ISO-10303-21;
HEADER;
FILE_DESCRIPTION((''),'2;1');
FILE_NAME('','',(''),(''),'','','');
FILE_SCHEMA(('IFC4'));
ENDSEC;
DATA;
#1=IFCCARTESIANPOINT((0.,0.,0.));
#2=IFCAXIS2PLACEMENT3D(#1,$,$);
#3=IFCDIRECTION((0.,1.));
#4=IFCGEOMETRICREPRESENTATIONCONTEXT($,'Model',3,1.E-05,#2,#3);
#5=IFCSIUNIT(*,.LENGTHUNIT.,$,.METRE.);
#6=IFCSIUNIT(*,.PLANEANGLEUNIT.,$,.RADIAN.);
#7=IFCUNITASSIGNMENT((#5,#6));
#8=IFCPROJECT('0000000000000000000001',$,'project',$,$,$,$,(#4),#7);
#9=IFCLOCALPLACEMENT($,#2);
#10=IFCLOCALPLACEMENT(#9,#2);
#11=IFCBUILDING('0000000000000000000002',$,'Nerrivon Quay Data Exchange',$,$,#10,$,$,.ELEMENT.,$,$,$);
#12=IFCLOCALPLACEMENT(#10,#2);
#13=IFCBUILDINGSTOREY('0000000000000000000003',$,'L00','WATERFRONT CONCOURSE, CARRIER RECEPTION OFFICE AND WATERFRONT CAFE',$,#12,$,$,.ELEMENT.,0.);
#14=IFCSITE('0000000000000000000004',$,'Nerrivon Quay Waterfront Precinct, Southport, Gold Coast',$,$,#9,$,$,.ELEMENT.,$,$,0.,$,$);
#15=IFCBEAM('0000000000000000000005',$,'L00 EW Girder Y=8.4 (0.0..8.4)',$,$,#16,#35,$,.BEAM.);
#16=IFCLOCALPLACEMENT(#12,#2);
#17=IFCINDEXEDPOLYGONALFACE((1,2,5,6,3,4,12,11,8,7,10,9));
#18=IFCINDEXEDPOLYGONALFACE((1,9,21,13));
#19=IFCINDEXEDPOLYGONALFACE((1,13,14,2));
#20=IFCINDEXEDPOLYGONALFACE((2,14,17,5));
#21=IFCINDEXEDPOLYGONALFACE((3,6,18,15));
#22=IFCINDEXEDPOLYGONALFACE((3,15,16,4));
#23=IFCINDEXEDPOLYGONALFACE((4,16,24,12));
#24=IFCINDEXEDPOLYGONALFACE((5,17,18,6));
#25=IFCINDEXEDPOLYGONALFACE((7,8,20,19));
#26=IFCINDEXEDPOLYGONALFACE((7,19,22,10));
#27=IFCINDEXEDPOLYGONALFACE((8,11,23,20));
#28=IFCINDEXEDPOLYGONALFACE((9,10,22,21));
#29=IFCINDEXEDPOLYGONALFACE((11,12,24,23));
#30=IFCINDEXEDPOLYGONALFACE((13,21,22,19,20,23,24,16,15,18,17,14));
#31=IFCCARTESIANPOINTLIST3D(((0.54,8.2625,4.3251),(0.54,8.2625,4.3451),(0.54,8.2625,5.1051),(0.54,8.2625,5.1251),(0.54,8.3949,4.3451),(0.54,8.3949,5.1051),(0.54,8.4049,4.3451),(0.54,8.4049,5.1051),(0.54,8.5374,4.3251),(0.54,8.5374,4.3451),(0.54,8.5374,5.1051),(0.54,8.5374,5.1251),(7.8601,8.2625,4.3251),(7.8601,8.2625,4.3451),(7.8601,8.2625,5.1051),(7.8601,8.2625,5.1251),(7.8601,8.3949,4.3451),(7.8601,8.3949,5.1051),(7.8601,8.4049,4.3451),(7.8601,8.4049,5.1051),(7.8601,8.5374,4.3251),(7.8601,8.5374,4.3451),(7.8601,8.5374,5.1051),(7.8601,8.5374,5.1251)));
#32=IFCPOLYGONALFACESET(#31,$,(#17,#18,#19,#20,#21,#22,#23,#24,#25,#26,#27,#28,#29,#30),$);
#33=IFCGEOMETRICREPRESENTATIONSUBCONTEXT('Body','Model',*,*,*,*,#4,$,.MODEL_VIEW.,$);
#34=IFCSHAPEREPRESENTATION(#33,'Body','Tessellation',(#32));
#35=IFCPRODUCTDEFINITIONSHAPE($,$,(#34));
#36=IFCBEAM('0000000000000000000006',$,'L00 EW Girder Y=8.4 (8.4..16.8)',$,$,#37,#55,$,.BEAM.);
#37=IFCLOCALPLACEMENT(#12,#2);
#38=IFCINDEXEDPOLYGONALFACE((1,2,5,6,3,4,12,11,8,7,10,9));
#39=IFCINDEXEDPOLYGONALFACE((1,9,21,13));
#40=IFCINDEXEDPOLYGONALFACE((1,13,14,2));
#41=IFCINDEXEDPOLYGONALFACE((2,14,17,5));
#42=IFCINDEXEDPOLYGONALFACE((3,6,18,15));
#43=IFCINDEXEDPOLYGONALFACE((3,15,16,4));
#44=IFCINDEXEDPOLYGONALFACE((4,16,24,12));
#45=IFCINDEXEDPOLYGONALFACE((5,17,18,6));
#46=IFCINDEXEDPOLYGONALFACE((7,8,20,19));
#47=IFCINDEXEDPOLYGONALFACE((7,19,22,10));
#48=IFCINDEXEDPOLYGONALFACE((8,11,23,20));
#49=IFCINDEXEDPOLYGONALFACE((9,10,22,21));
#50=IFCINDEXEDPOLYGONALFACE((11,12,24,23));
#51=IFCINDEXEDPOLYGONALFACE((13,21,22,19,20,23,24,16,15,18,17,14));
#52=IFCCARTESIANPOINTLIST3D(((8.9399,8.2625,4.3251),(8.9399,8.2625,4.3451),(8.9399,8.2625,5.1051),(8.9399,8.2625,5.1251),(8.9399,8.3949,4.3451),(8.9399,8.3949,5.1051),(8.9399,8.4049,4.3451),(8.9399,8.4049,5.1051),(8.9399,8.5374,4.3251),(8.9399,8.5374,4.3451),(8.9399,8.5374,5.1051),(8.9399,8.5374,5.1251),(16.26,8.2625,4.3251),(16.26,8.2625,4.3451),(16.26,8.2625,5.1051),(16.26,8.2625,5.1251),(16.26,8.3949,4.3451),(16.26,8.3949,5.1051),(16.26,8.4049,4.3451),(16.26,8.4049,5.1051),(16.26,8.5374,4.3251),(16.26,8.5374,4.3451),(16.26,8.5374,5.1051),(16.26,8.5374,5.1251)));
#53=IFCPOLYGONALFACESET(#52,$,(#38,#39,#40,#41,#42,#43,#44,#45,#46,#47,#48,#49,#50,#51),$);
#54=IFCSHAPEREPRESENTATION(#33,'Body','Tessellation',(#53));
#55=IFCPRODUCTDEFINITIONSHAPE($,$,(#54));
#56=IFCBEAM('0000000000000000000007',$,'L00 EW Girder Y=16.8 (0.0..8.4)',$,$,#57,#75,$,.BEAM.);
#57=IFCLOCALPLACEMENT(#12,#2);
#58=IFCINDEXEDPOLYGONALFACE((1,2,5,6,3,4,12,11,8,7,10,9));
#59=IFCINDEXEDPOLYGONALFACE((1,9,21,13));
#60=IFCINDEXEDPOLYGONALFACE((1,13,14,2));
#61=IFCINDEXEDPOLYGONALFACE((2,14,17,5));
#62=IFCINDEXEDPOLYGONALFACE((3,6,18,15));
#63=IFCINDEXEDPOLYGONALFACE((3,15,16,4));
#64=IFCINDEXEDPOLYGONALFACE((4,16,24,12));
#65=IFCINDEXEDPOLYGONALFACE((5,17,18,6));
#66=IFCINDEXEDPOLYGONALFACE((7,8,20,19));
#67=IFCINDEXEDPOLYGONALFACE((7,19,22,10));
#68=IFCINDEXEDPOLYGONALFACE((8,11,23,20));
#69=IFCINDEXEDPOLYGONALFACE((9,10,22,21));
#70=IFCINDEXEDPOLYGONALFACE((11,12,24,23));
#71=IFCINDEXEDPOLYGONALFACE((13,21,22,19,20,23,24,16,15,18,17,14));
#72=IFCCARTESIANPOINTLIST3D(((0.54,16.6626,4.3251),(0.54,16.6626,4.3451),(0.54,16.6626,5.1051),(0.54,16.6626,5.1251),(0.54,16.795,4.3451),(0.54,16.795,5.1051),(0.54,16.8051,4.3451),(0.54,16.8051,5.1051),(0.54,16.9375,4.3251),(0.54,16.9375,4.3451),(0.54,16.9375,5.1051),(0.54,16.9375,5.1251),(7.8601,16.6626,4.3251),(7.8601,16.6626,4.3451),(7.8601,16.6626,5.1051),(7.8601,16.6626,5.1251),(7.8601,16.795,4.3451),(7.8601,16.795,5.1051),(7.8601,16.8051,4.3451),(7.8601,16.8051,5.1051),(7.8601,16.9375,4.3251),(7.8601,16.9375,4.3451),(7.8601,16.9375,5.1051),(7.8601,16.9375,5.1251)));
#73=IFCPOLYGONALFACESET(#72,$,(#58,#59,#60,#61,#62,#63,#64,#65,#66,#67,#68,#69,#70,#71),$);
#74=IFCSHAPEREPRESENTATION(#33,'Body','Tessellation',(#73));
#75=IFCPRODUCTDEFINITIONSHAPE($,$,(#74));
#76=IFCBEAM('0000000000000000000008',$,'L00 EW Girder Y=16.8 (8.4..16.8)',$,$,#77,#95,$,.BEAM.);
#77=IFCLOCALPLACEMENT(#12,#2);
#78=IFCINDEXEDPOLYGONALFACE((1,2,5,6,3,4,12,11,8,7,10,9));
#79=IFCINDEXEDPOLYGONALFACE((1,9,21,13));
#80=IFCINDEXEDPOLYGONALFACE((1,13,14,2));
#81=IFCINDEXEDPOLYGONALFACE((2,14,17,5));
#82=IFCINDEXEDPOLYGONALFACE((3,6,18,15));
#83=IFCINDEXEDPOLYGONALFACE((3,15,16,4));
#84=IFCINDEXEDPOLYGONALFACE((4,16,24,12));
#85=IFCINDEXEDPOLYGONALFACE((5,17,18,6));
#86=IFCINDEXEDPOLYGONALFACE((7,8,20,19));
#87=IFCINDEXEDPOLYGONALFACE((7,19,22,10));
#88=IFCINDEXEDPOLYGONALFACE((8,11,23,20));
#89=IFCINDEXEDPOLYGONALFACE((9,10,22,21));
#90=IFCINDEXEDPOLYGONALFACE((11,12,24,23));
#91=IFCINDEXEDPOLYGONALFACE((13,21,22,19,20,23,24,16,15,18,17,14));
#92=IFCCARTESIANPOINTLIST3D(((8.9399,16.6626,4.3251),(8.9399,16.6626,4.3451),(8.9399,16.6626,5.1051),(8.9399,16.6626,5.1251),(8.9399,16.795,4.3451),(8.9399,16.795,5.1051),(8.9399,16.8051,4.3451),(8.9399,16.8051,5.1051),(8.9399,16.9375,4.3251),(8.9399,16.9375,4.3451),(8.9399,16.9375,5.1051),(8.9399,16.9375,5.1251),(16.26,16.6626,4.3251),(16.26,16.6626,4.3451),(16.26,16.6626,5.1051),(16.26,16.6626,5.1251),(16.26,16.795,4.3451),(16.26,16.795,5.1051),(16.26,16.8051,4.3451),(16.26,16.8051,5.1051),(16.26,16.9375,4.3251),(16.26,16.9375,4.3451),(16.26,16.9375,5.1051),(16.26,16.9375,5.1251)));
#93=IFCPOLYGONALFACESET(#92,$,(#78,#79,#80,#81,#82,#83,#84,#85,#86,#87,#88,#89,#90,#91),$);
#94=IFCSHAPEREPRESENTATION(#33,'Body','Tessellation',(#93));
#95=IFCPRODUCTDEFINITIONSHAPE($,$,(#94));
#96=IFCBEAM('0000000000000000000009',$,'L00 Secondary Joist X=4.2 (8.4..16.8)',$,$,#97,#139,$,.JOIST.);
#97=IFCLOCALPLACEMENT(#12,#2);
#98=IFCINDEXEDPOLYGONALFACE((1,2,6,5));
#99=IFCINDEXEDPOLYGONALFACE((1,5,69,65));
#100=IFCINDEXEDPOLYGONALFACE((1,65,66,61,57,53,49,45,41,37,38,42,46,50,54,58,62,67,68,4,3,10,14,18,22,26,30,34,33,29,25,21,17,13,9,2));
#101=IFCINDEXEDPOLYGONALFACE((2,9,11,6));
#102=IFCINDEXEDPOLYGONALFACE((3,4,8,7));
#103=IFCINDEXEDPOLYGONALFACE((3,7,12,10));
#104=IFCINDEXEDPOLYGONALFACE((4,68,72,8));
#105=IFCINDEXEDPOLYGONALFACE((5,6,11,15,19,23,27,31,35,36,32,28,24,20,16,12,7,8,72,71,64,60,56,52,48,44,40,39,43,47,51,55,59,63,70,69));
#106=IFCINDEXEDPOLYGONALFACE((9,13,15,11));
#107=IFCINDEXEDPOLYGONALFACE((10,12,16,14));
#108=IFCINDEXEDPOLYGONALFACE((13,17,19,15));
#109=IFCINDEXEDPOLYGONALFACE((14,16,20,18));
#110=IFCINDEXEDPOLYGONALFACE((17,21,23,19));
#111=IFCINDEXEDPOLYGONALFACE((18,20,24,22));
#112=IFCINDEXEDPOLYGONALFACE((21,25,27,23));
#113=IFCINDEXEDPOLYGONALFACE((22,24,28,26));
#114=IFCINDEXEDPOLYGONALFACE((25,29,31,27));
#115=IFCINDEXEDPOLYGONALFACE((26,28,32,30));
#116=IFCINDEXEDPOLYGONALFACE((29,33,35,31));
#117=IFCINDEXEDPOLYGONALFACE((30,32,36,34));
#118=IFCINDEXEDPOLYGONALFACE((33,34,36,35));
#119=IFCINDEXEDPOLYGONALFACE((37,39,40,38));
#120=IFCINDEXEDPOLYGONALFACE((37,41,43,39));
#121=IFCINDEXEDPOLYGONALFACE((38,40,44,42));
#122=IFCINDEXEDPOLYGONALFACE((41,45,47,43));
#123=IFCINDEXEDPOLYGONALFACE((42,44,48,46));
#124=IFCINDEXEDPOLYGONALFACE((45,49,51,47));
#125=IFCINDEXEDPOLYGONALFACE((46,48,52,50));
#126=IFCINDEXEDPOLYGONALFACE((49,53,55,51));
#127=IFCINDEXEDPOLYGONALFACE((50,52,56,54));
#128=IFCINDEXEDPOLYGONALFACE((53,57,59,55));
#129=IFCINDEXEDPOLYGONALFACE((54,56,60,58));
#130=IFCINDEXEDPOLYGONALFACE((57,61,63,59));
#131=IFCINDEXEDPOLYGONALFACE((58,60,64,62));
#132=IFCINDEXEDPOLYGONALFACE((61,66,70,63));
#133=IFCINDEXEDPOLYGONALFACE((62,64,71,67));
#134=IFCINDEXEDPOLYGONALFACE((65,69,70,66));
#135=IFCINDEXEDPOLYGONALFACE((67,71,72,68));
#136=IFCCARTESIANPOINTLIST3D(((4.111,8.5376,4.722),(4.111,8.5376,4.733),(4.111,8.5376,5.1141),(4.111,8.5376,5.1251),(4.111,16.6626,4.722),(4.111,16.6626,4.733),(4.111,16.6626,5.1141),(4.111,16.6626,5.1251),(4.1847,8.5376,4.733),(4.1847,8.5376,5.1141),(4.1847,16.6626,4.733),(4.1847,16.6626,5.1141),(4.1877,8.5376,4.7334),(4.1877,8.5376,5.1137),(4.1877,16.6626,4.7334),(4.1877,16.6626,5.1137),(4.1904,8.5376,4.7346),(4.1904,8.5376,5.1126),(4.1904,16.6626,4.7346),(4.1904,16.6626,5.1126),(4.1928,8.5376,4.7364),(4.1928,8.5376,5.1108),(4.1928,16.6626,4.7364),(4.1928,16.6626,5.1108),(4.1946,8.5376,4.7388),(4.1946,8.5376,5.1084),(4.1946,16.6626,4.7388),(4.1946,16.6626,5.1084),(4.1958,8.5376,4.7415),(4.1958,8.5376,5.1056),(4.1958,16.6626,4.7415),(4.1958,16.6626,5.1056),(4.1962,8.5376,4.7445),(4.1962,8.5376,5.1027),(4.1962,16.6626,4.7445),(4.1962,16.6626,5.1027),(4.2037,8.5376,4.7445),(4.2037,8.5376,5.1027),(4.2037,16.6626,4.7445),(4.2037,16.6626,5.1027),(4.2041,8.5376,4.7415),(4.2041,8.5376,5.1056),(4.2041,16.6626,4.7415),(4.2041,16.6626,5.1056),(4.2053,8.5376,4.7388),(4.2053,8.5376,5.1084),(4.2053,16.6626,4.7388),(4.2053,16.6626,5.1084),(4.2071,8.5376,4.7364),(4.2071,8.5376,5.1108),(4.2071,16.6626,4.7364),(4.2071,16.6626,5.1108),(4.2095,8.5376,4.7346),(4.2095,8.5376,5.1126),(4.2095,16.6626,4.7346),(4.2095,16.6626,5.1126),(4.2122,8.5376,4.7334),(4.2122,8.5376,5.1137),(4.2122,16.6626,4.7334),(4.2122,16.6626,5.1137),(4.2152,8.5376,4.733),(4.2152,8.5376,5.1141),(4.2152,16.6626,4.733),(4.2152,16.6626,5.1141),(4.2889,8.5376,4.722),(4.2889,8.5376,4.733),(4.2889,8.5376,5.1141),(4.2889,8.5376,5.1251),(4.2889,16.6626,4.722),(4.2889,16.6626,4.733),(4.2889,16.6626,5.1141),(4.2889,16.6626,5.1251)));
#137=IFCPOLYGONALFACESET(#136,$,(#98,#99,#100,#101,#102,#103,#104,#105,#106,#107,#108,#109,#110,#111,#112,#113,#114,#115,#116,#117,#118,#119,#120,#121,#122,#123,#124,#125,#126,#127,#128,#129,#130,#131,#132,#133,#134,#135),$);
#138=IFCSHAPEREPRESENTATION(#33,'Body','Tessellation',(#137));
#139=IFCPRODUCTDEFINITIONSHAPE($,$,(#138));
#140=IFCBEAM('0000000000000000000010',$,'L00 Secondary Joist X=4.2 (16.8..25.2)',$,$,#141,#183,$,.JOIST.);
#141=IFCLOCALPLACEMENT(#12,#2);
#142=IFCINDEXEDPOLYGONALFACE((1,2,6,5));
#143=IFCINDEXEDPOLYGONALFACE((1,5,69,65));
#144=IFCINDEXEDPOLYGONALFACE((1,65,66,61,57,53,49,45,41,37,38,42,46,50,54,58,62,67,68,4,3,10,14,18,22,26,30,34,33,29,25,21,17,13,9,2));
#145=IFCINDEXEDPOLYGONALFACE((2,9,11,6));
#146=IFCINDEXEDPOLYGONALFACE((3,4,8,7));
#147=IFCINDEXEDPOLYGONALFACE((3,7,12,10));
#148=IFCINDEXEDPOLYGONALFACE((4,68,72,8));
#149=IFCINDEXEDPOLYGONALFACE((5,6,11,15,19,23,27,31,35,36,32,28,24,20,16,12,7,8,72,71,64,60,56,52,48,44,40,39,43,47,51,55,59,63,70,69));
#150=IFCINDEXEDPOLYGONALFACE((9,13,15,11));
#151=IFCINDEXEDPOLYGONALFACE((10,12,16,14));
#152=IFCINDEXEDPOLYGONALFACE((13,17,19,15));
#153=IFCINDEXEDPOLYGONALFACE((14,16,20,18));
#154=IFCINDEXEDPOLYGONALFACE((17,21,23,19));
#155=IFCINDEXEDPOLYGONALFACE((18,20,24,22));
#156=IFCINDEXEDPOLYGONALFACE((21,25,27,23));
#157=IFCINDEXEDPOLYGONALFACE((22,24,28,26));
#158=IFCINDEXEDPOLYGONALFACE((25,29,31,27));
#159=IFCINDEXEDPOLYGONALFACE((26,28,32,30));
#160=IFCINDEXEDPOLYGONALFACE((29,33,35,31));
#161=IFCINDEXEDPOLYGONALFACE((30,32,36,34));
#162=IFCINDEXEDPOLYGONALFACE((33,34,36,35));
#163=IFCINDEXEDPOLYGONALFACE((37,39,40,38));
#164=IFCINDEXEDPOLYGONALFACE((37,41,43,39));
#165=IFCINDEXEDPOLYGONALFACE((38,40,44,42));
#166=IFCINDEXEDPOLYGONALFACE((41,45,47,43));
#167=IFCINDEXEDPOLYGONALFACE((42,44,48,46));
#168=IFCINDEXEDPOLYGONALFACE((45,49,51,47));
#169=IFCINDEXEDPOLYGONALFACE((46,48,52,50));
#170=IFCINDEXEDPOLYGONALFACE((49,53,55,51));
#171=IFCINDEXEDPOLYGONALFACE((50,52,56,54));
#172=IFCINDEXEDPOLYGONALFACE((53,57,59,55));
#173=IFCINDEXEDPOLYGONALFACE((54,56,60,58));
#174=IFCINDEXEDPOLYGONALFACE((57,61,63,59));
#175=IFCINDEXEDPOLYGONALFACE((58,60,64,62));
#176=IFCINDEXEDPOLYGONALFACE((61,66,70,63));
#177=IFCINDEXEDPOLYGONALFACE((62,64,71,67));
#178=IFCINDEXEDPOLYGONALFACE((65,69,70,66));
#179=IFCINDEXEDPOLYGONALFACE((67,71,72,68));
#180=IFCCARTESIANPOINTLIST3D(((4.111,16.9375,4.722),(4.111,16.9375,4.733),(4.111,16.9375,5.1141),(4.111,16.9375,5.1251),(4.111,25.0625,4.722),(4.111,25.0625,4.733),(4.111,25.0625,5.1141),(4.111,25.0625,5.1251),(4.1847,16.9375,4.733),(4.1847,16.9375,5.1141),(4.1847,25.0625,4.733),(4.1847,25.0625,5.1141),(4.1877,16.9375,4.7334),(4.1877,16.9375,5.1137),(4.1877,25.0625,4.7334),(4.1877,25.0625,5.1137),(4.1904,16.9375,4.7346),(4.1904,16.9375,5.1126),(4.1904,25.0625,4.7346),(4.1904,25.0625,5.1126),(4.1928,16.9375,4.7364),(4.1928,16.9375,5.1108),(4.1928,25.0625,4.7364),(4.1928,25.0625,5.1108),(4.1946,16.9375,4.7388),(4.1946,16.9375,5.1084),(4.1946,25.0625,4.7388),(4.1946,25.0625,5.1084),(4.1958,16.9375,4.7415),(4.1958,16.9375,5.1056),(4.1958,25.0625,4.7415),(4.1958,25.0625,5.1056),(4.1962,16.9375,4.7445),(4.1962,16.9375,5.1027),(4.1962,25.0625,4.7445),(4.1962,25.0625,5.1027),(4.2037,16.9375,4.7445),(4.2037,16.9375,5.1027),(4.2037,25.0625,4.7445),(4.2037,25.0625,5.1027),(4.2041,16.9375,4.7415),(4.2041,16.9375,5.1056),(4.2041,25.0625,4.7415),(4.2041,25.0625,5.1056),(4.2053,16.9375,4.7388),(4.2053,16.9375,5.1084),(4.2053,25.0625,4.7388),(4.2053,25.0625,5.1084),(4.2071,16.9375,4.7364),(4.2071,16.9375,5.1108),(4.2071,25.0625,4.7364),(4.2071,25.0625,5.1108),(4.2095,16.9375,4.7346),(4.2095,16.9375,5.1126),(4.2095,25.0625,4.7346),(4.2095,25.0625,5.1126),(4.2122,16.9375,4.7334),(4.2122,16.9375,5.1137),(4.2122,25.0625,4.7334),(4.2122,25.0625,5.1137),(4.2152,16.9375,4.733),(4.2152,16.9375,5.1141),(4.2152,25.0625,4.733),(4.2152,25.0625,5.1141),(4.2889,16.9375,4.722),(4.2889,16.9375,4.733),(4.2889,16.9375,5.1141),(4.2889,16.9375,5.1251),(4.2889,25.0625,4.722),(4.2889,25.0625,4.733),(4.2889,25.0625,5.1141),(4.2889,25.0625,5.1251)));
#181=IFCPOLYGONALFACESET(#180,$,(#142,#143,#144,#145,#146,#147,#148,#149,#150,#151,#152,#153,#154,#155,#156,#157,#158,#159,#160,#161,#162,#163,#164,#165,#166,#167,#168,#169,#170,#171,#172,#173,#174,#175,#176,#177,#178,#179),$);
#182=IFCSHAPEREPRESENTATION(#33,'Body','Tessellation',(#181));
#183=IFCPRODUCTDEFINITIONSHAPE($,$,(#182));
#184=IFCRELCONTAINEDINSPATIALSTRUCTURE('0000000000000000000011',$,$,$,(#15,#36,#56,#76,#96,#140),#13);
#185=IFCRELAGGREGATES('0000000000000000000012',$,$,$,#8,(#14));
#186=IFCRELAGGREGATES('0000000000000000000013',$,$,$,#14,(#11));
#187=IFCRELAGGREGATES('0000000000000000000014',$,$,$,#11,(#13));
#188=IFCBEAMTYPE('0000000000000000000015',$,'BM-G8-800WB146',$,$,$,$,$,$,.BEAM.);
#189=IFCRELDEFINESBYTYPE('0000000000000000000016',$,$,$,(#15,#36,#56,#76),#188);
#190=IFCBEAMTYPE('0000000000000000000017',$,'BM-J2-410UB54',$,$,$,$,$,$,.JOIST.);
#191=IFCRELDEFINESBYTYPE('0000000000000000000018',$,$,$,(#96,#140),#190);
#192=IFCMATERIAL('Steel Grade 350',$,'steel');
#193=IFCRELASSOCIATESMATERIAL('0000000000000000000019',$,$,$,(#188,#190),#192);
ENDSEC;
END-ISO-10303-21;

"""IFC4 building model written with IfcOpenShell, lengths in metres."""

from ifc_helpers import new_model, si_unit, direction, frame, origin, origin_2d, place, context, subcontext, project, spatial, i_section, extrude, material, material_profile, profile_set, type_object, element, save


model = new_model("IFC4")

# Units and contexts
model_context = context("Model", 3, precision=1e-05, world=origin(), true_north=direction((0.0, 1.0)))
body_context = subcontext(model_context, "Body", "Model", "MODEL_VIEW")
ifc_project = project(units=[si_unit("LENGTHUNIT", "METRE"), si_unit("PLANEANGLEUNIT", "RADIAN")], contexts=[model_context])

# Site, building, storey
site_placement = place(None, origin())
site = spatial("IfcSite", under=ifc_project, at=site_placement, Name="Nerrivon Quay Waterfront Precinct, Southport, Gold Coast", CompositionType="ELEMENT", RefElevation=0.0)
building_placement = place(site_placement, origin())
building = spatial("IfcBuilding", under=site, at=building_placement, Name="Nerrivon Quay Data Exchange", CompositionType="ELEMENT")
storey_placement = place(building_placement, origin())
storey = spatial("IfcBuildingStorey", under=building, at=storey_placement, Name="L00", Description="WATERFRONT CONCOURSE, CARRIER RECEPTION OFFICE AND WATERFRONT CAFE", CompositionType="ELEMENT", Elevation=0.0)

# Beams
ifc_material_1 = material(Name="Steel Grade 350", Category="steel")
ifc_material_profile_1 = material_profile(ifc_material_1, i_section(OverallWidth=0.2749, OverallDepth=0.8, WebThickness=0.01, FlangeThickness=0.02, at=origin_2d()), Name="800WB146")
ifc_profile_set_1 = profile_set([ifc_material_profile_1], Name="Steel Grade 350")
beam_type_1 = type_object("IfcBeamType", Name="BM-G8-800WB146", PredefinedType="BEAM", material=ifc_profile_set_1)
for number, where, z_axis, x_axis, name in (
    (1, (0.54, 8.3999, 4.7251), (1.0, 0.0, 0.0), (0.0, 1.0, 0.0), "L00 EW Girder Y=8.4 (0.0..8.4)"),
    (2, (8.9399, 8.3999, 4.7251), (1.0, 0.0, 0.0), (0.0, 1.0, 0.0), "L00 EW Girder Y=8.4 (8.4..16.8)"),
    (3, (0.54, 16.8, 4.7251), (1.0, 0.0, 0.0), (0.0, 1.0, 0.0), "L00 EW Girder Y=16.8 (0.0..8.4)"),
    (4, (8.9399, 16.8, 4.7251), (1.0, 0.0, 0.0), (0.0, 1.0, 0.0), "L00 EW Girder Y=16.8 (8.4..16.8)"),
):
    element("IfcBeam", number, at=place(storey_placement, frame(where, z_axis=z_axis, x_axis=x_axis)), inside=storey, type_object=beam_type_1, Name=name, PredefinedType="BEAM", context=body_context, shape_type="SweptSolid", body=[
        extrude(i_section(OverallWidth=0.2749, OverallDepth=0.8, WebThickness=0.01, FlangeThickness=0.02, at=origin_2d()), origin(), (0.0, 0.0, 1.0), 7.3201),
    ])
ifc_material_profile_2 = material_profile(ifc_material_1, i_section(OverallWidth=0.178, OverallDepth=0.4031, WebThickness=0.0076, FlangeThickness=0.011, FilletRadius=0.0115, at=origin_2d()), Name="410UB53.7")
ifc_profile_set_2 = profile_set([ifc_material_profile_2], Name="Steel Grade 350")
beam_type_2 = type_object("IfcBeamType", Name="BM-J2-410UB54", PredefinedType="JOIST", material=ifc_profile_set_2)
for number, where, z_axis, x_axis, name in (
    (5, (4.2, 8.5376, 4.9236), (0.0, 1.0, 0.0), (-1.0, 0.0, 0.0), "L00 Secondary Joist X=4.2 (8.4..16.8)"),
    (6, (4.2, 16.9375, 4.9236), (0.0, 1.0, 0.0), (-1.0, 0.0, 0.0), "L00 Secondary Joist X=4.2 (16.8..25.2)"),
):
    element("IfcBeam", number, at=place(storey_placement, frame(where, z_axis=z_axis, x_axis=x_axis)), inside=storey, type_object=beam_type_2, Name=name, PredefinedType="JOIST", context=body_context, shape_type="SweptSolid", body=[
        extrude(i_section(OverallWidth=0.178, OverallDepth=0.4031, WebThickness=0.0076, FlangeThickness=0.011, FilletRadius=0.0115, at=origin_2d()), origin(), (0.0, 0.0, 1.0), 8.125),
    ])

save(model, "model.ifc")
